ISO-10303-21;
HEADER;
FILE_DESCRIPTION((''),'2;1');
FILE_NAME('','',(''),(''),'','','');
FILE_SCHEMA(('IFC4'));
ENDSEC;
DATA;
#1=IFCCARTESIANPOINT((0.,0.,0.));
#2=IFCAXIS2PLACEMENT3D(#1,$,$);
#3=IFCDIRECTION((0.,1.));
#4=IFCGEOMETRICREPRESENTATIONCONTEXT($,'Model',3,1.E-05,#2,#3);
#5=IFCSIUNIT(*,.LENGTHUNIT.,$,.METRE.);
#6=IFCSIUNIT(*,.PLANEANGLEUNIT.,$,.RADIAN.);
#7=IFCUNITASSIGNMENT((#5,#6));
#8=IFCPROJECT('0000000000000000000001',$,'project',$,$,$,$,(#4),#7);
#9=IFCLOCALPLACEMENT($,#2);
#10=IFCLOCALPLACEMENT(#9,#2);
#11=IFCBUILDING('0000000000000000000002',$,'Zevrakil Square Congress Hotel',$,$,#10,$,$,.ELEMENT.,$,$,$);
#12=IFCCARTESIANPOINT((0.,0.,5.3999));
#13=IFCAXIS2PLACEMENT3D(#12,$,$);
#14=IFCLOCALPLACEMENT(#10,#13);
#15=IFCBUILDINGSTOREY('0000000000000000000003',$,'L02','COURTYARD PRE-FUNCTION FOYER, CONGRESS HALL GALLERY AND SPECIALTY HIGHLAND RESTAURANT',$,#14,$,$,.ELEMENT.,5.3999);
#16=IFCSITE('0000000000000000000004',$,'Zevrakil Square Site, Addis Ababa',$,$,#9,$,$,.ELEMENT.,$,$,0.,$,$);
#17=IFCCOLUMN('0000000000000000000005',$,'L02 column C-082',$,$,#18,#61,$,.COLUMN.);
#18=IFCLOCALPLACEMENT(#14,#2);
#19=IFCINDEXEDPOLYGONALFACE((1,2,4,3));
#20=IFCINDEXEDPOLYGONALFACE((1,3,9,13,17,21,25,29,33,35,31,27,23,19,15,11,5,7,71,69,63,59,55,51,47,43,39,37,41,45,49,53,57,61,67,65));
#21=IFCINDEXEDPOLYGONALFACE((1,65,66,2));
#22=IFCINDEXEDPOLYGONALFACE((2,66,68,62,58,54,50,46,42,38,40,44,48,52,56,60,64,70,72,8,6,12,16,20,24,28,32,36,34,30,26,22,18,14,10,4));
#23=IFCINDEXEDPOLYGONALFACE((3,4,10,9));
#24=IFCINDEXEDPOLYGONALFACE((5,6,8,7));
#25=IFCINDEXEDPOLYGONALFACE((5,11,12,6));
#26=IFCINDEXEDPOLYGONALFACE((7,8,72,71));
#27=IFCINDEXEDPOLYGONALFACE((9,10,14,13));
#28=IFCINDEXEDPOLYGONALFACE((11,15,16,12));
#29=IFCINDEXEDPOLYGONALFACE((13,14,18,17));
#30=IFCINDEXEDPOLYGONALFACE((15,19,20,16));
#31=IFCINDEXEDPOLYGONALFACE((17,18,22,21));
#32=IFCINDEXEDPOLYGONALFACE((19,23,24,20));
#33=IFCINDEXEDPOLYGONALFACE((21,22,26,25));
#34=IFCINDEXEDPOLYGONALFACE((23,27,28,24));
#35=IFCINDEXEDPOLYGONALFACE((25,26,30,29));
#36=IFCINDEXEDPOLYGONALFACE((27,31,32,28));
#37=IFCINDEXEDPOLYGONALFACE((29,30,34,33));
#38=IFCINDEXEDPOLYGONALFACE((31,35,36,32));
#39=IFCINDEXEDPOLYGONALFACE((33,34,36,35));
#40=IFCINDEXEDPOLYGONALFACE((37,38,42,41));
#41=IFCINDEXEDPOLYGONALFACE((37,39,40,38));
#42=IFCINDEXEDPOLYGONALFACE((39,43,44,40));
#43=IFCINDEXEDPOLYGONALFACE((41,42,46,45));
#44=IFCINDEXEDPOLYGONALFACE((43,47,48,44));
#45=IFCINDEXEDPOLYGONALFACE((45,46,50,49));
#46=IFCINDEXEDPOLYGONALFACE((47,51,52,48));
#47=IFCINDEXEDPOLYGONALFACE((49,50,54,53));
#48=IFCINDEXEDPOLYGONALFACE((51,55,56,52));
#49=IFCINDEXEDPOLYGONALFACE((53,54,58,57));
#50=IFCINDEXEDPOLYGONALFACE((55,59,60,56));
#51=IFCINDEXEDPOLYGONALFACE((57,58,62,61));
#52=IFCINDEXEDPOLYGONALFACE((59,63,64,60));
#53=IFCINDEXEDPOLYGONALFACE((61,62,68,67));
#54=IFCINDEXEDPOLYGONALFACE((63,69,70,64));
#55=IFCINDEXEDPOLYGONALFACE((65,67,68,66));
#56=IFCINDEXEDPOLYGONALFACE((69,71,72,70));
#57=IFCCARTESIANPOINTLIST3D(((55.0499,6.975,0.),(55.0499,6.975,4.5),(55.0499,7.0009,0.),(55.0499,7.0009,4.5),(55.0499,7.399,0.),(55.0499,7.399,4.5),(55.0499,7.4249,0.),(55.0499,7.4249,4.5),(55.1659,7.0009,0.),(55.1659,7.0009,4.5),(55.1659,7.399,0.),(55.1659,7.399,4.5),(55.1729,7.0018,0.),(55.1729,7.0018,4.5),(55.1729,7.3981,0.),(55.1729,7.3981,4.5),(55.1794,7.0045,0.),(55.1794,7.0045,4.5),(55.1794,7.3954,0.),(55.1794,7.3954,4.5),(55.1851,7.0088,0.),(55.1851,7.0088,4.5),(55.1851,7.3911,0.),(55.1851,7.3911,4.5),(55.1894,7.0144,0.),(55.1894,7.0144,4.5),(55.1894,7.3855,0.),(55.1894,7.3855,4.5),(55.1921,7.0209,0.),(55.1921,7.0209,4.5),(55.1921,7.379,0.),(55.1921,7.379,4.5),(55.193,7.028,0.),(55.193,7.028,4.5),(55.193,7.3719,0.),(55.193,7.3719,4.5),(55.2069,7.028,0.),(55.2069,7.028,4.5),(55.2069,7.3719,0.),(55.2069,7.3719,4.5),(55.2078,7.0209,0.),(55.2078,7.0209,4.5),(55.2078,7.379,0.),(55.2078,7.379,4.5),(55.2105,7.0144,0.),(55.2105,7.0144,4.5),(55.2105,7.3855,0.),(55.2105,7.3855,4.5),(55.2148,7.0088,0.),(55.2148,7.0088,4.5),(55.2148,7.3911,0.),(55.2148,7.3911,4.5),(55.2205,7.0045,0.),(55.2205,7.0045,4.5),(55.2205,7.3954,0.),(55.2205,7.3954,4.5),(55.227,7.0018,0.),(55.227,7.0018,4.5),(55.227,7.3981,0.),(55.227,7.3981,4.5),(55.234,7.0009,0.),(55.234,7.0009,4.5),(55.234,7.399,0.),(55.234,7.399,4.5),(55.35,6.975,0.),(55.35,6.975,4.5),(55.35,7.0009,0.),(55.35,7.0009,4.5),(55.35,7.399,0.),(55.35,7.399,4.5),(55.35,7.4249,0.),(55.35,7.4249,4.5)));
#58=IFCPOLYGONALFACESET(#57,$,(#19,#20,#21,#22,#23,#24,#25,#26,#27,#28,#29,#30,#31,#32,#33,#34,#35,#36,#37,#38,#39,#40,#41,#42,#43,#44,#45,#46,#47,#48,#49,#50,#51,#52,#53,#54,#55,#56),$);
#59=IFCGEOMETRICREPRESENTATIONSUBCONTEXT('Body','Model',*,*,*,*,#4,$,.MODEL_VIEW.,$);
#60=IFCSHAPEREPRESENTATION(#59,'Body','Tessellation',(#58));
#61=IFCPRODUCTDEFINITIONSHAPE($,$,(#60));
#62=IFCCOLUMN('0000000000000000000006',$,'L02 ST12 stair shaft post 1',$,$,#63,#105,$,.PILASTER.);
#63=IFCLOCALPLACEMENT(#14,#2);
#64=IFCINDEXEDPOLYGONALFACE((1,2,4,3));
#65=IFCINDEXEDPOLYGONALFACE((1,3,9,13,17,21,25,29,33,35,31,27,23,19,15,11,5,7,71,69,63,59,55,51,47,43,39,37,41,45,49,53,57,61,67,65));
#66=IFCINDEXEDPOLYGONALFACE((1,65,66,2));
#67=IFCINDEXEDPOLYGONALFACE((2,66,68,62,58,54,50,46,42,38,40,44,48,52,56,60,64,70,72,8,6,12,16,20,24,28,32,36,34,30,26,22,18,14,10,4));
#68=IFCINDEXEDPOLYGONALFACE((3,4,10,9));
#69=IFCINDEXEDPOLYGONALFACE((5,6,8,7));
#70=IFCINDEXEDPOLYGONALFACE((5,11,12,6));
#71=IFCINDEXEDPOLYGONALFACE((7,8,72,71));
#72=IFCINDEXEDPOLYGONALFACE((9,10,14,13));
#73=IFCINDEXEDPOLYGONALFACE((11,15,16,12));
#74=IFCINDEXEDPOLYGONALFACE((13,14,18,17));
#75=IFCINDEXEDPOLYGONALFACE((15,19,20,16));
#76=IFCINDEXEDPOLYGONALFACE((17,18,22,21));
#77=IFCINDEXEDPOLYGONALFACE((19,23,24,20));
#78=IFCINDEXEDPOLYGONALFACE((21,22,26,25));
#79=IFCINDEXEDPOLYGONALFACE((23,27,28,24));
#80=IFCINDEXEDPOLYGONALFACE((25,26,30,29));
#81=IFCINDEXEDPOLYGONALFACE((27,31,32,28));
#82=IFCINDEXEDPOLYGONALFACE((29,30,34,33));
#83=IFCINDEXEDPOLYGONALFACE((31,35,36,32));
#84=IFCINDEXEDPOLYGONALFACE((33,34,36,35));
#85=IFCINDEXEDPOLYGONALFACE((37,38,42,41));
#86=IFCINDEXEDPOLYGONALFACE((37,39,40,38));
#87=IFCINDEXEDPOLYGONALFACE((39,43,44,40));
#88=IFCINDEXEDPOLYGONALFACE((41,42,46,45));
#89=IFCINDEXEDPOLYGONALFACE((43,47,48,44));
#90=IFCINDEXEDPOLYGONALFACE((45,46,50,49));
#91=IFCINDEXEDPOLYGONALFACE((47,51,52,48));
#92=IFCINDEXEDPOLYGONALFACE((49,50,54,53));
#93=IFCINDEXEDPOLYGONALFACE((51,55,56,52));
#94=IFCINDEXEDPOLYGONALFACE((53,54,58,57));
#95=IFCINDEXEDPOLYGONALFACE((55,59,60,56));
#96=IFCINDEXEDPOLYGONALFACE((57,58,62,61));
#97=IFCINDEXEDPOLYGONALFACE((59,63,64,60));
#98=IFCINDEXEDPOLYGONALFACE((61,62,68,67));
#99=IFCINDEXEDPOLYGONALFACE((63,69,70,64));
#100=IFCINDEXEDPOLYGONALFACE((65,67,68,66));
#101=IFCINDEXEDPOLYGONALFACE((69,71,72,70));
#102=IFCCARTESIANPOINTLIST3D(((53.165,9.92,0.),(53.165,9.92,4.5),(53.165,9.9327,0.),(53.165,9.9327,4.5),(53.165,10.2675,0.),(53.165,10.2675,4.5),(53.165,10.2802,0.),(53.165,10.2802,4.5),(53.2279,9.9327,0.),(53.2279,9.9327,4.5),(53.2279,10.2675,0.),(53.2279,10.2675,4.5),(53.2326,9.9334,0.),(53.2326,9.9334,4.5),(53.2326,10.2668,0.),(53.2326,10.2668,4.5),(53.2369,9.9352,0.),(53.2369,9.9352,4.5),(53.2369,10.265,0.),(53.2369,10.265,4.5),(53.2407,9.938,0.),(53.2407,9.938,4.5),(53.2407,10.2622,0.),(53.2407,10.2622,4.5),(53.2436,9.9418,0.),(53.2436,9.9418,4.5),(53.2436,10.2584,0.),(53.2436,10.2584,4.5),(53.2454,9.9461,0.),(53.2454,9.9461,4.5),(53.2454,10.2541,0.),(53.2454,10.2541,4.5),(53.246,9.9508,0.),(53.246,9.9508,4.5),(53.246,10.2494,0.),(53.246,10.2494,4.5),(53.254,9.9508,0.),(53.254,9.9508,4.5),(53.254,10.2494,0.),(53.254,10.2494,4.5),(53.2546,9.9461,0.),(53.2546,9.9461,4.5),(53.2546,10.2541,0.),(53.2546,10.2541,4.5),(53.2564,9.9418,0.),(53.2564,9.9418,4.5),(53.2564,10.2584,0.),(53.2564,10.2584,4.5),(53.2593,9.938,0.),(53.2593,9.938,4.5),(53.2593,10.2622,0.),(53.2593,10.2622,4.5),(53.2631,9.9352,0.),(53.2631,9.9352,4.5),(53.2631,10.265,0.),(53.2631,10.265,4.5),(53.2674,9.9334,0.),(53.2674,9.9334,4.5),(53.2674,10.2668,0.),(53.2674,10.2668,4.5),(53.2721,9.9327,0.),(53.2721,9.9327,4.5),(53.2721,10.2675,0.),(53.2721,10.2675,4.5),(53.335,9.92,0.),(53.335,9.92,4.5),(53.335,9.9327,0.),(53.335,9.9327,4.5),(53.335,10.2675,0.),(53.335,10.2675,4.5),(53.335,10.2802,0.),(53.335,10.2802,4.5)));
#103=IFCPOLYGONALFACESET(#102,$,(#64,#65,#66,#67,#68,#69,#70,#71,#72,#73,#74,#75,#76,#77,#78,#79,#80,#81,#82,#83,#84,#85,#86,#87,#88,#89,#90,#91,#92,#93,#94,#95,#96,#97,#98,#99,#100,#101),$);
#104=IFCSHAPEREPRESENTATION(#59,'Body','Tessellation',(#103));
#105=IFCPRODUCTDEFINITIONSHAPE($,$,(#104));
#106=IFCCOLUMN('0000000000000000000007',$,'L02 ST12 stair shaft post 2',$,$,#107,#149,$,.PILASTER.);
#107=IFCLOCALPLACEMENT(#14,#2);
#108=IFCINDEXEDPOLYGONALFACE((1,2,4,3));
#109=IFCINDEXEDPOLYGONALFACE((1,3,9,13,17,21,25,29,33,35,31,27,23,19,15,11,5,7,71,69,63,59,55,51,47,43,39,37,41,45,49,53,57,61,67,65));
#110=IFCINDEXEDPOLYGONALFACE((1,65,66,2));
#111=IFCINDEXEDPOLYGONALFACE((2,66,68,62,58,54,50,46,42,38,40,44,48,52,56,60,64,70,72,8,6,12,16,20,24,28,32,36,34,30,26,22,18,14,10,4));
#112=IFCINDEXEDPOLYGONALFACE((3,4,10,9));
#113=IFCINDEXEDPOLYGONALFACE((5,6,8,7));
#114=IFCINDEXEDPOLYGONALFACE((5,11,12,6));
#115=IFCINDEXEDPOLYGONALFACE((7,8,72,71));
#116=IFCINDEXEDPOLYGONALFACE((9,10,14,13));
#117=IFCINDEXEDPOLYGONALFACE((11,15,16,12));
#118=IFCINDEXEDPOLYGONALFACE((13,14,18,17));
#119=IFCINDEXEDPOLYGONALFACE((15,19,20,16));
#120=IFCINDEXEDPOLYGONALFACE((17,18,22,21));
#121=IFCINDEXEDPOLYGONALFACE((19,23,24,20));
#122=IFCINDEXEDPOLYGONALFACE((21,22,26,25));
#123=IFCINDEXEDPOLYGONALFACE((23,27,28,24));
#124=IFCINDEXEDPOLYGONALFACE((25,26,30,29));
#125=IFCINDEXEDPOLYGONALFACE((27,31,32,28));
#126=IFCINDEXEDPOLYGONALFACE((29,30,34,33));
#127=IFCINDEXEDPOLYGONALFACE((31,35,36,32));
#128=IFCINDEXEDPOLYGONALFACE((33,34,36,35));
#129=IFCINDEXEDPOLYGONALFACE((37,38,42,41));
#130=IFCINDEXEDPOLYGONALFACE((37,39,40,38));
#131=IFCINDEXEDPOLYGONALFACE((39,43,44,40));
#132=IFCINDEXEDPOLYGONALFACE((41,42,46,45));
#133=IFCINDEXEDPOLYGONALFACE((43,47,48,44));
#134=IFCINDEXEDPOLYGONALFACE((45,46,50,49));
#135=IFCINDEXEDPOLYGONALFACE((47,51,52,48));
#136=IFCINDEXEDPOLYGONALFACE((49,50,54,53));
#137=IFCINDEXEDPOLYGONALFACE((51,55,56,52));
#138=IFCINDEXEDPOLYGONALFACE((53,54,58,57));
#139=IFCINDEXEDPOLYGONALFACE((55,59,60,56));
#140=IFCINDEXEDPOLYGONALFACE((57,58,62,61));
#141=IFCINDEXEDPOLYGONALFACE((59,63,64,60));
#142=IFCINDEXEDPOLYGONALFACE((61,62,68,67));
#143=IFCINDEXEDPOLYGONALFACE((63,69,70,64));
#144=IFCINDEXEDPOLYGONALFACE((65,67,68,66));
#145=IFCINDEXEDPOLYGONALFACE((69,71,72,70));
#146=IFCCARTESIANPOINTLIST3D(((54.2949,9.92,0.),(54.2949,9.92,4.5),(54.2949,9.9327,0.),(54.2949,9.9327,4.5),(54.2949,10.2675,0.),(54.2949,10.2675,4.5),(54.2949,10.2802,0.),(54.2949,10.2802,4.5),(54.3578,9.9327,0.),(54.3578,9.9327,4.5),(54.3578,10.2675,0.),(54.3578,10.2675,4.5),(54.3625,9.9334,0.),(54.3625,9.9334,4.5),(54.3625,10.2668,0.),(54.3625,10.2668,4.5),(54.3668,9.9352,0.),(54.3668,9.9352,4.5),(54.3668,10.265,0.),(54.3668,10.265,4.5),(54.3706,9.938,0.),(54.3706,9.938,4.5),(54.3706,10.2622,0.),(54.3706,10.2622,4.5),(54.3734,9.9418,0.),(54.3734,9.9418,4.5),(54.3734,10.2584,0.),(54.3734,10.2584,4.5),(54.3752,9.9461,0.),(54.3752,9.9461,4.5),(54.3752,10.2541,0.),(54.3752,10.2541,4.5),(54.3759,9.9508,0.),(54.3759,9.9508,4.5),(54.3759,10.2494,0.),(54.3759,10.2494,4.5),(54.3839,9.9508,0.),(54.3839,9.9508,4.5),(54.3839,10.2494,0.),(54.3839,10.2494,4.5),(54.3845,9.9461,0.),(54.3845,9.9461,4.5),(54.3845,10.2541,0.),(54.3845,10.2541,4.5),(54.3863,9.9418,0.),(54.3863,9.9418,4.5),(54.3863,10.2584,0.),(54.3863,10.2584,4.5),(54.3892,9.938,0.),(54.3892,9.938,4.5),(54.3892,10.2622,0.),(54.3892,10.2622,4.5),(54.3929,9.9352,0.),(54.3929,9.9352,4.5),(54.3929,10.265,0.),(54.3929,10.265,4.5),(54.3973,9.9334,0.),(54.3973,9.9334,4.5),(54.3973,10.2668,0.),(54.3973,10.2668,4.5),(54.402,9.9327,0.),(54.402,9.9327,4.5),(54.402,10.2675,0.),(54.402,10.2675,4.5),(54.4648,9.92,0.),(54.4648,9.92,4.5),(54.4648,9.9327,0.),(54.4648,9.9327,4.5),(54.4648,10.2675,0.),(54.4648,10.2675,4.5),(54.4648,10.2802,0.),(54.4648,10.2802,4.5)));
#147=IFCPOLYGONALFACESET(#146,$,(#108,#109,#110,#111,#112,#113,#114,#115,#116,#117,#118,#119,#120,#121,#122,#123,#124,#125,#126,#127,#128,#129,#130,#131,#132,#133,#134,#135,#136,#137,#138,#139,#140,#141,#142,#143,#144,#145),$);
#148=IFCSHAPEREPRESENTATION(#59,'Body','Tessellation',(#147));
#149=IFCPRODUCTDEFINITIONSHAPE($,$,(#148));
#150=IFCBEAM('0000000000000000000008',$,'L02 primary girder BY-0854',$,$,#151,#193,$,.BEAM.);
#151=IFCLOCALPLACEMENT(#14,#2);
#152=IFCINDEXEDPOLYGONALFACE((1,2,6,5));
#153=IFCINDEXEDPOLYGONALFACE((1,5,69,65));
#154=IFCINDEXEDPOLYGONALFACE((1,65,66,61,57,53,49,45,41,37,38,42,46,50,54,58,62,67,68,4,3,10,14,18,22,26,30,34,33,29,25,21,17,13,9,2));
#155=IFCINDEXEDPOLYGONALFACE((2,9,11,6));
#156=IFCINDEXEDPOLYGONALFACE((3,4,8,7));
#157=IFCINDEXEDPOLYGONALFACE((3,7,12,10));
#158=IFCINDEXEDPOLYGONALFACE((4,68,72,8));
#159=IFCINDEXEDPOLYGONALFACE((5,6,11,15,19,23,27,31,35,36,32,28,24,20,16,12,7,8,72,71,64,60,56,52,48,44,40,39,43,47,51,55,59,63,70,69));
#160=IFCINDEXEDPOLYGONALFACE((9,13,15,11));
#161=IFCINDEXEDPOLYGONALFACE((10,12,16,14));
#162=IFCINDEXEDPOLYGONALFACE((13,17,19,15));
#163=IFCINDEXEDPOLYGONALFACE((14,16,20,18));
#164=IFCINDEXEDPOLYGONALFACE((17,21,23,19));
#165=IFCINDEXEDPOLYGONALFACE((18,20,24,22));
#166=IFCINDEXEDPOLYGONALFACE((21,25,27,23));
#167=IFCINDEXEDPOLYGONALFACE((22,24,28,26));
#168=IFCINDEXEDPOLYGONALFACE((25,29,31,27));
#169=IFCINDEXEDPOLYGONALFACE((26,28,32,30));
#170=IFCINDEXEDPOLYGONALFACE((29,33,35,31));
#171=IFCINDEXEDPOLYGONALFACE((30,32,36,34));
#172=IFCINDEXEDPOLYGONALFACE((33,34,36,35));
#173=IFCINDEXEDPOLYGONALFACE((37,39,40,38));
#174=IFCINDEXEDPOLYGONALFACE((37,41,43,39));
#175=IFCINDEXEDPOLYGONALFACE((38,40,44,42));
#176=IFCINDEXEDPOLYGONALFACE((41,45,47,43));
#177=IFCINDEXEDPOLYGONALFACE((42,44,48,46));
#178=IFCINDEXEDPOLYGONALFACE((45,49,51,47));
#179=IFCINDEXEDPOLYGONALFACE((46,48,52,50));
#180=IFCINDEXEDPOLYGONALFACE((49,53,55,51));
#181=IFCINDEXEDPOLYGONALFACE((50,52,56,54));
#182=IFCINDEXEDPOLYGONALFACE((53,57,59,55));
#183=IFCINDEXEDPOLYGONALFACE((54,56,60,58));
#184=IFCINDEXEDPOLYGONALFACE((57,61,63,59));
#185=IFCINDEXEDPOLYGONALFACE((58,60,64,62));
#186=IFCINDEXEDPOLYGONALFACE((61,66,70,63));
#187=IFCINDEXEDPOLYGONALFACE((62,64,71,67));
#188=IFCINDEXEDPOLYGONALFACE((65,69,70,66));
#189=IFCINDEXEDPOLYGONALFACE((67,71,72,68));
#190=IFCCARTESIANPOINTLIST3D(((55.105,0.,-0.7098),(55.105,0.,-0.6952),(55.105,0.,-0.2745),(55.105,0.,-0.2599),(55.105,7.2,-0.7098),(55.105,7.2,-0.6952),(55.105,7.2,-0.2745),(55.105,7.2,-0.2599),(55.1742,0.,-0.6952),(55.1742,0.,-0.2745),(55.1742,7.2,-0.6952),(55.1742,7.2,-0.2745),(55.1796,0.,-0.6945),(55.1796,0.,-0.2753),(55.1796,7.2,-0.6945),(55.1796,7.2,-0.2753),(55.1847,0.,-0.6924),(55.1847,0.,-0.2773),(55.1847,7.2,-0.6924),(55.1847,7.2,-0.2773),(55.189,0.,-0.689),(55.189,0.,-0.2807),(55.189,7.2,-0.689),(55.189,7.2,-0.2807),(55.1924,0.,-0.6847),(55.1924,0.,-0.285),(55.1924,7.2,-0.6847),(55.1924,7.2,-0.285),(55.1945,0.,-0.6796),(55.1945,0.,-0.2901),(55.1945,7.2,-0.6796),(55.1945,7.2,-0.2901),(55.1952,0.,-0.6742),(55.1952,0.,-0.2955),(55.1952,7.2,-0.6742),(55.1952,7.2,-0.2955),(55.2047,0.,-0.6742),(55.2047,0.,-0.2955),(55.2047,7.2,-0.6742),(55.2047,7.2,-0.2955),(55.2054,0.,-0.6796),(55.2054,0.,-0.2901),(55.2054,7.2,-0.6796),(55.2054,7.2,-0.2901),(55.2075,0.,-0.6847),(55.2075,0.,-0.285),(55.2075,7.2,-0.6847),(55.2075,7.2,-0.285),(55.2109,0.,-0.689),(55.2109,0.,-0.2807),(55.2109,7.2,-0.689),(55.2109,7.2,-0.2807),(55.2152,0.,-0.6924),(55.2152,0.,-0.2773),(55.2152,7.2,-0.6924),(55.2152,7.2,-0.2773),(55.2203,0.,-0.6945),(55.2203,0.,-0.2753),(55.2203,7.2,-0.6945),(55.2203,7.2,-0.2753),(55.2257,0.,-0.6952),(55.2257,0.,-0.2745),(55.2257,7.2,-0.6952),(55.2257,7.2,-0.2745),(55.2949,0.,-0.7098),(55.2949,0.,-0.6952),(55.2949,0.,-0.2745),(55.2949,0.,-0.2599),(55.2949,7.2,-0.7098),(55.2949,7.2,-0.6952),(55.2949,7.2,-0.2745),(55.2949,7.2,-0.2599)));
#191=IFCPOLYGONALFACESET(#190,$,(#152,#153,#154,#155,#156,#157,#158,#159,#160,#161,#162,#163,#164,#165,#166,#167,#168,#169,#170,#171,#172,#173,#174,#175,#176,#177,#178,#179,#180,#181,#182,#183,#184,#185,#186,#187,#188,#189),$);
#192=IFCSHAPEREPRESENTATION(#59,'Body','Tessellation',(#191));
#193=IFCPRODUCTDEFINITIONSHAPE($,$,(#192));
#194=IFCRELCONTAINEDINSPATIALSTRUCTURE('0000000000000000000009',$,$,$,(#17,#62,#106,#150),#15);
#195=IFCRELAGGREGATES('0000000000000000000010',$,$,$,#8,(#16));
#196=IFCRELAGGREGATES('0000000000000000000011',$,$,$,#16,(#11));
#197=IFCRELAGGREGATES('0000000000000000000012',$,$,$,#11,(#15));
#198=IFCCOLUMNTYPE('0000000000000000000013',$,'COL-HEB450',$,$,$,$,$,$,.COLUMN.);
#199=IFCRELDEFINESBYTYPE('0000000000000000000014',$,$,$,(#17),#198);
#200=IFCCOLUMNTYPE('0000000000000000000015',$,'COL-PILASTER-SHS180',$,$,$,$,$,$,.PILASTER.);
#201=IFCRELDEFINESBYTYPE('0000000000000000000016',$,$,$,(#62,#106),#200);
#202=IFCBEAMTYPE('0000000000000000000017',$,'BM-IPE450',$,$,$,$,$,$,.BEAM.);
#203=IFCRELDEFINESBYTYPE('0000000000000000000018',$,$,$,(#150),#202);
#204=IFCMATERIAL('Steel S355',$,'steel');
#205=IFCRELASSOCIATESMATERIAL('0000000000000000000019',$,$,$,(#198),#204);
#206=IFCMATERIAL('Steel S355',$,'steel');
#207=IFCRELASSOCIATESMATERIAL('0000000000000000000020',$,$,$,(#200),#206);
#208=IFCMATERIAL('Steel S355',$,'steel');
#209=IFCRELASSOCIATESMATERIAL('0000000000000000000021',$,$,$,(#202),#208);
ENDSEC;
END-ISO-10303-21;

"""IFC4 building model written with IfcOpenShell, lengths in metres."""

from ifc_helpers import new_model, si_unit, direction, frame, origin, origin_2d, place, context, subcontext, project, spatial, i_section, extrude, material, material_profile, profile_set, type_object, element, save


model = new_model("IFC4")

# Units and contexts
model_context = context("Model", 3, precision=1e-05, world=origin(), true_north=direction((0.0, 1.0)))
body_context = subcontext(model_context, "Body", "Model", "MODEL_VIEW")
ifc_project = project(units=[si_unit("LENGTHUNIT", "METRE"), si_unit("PLANEANGLEUNIT", "RADIAN")], contexts=[model_context])

# Site, building, storey
site_placement = place(None, origin())
site = spatial("IfcSite", under=ifc_project, at=site_placement, Name="Zevrakil Square Site, Addis Ababa", CompositionType="ELEMENT", RefElevation=0.0)
building_placement = place(site_placement, origin())
building = spatial("IfcBuilding", under=site, at=building_placement, Name="Zevrakil Square Congress Hotel", CompositionType="ELEMENT")
storey_placement = place(building_placement, frame((0.0, 0.0, 5.3999)))
storey = spatial("IfcBuildingStorey", under=building, at=storey_placement, Name="L02", Description="COURTYARD PRE-FUNCTION FOYER, CONGRESS HALL GALLERY AND SPECIALTY HIGHLAND RESTAURANT", CompositionType="ELEMENT", Elevation=5.3999)

# Columns
ifc_material_1 = material(Name="Steel S355", Category="steel")
ifc_material_profile_1 = material_profile(ifc_material_1, i_section(OverallWidth=0.3, OverallDepth=0.45, WebThickness=0.0139, FlangeThickness=0.0259, FilletRadius=0.0271, at=origin_2d()), Name="HEB 450")
ifc_profile_set_1 = profile_set([ifc_material_profile_1], Name="Steel S355")
column_type_1 = type_object("IfcColumnType", Name="COL-HEB450", PredefinedType="COLUMN", material=ifc_profile_set_1)
column_placement = place(storey_placement, frame((55.2, 7.2, 0.0), z_axis=(0.0, 0.0, 1.0), x_axis=(1.0, 0.0, 0.0)))
element("IfcColumn", 1, at=column_placement, inside=storey, type_object=column_type_1, Name="L02 column C-082", PredefinedType="COLUMN", context=body_context, shape_type="SweptSolid", body=[
    extrude(i_section(OverallWidth=0.3, OverallDepth=0.45, WebThickness=0.0139, FlangeThickness=0.0259, FilletRadius=0.0271, at=origin_2d()), origin(), (0.0, 0.0, 1.0), 4.5),
])
ifc_material_2 = material(Name="Steel S355", Category="steel")
ifc_material_profile_2 = material_profile(ifc_material_2, i_section(OverallWidth=0.1699, OverallDepth=0.3601, WebThickness=0.0081, FlangeThickness=0.0127, FilletRadius=0.0181, at=origin_2d()), Name="IPE 360")
ifc_profile_set_2 = profile_set([ifc_material_profile_2], Name="Steel S355")
column_type_2 = type_object("IfcColumnType", Name="COL-PILASTER-SHS180", PredefinedType="PILASTER", material=ifc_profile_set_2)
for number, where, z_axis, x_axis, name in (
    (2, (53.25, 10.1001, 0.0), (0.0, 0.0, 1.0), (1.0, 0.0, 0.0), "L02 ST12 stair shaft post 1"),
    (3, (54.3799, 10.1001, 0.0), (0.0, 0.0, 1.0), (1.0, 0.0, 0.0), "L02 ST12 stair shaft post 2"),
):
    element("IfcColumn", number, at=place(storey_placement, frame(where, z_axis=z_axis, x_axis=x_axis)), inside=storey, type_object=column_type_2, Name=name, PredefinedType="PILASTER", context=body_context, shape_type="SweptSolid", body=[
        extrude(i_section(OverallWidth=0.1699, OverallDepth=0.3601, WebThickness=0.0081, FlangeThickness=0.0127, FilletRadius=0.0181, at=origin_2d()), origin(), (0.0, 0.0, 1.0), 4.5),
    ])

# Beam
ifc_material_3 = material(Name="Steel S355", Category="steel")
ifc_material_profile_3 = material_profile(ifc_material_3, i_section(OverallWidth=0.1899, OverallDepth=0.45, WebThickness=0.0095, FlangeThickness=0.0146, FilletRadius=0.021, at=origin_2d()), Name="IPE 450")
ifc_profile_set_3 = profile_set([ifc_material_profile_3], Name="Steel S355")
beam_type_1 = type_object("IfcBeamType", Name="BM-IPE450", PredefinedType="BEAM", material=ifc_profile_set_3)
beam_1_placement = place(storey_placement, frame((55.2, 0.0, -0.4849), z_axis=(0.0, 1.0, 0.0), x_axis=(-1.0, 0.0, 0.0)))
element("IfcBeam", 4, at=beam_1_placement, inside=storey, type_object=beam_type_1, Name="L02 primary girder BY-0854", PredefinedType="BEAM", context=body_context, shape_type="SweptSolid", body=[
    extrude(i_section(OverallWidth=0.1899, OverallDepth=0.45, WebThickness=0.0095, FlangeThickness=0.0146, FilletRadius=0.021, at=origin_2d()), origin(), (0.0, 0.0, 1.0), 7.2),
])

save(model, "model.ifc")
